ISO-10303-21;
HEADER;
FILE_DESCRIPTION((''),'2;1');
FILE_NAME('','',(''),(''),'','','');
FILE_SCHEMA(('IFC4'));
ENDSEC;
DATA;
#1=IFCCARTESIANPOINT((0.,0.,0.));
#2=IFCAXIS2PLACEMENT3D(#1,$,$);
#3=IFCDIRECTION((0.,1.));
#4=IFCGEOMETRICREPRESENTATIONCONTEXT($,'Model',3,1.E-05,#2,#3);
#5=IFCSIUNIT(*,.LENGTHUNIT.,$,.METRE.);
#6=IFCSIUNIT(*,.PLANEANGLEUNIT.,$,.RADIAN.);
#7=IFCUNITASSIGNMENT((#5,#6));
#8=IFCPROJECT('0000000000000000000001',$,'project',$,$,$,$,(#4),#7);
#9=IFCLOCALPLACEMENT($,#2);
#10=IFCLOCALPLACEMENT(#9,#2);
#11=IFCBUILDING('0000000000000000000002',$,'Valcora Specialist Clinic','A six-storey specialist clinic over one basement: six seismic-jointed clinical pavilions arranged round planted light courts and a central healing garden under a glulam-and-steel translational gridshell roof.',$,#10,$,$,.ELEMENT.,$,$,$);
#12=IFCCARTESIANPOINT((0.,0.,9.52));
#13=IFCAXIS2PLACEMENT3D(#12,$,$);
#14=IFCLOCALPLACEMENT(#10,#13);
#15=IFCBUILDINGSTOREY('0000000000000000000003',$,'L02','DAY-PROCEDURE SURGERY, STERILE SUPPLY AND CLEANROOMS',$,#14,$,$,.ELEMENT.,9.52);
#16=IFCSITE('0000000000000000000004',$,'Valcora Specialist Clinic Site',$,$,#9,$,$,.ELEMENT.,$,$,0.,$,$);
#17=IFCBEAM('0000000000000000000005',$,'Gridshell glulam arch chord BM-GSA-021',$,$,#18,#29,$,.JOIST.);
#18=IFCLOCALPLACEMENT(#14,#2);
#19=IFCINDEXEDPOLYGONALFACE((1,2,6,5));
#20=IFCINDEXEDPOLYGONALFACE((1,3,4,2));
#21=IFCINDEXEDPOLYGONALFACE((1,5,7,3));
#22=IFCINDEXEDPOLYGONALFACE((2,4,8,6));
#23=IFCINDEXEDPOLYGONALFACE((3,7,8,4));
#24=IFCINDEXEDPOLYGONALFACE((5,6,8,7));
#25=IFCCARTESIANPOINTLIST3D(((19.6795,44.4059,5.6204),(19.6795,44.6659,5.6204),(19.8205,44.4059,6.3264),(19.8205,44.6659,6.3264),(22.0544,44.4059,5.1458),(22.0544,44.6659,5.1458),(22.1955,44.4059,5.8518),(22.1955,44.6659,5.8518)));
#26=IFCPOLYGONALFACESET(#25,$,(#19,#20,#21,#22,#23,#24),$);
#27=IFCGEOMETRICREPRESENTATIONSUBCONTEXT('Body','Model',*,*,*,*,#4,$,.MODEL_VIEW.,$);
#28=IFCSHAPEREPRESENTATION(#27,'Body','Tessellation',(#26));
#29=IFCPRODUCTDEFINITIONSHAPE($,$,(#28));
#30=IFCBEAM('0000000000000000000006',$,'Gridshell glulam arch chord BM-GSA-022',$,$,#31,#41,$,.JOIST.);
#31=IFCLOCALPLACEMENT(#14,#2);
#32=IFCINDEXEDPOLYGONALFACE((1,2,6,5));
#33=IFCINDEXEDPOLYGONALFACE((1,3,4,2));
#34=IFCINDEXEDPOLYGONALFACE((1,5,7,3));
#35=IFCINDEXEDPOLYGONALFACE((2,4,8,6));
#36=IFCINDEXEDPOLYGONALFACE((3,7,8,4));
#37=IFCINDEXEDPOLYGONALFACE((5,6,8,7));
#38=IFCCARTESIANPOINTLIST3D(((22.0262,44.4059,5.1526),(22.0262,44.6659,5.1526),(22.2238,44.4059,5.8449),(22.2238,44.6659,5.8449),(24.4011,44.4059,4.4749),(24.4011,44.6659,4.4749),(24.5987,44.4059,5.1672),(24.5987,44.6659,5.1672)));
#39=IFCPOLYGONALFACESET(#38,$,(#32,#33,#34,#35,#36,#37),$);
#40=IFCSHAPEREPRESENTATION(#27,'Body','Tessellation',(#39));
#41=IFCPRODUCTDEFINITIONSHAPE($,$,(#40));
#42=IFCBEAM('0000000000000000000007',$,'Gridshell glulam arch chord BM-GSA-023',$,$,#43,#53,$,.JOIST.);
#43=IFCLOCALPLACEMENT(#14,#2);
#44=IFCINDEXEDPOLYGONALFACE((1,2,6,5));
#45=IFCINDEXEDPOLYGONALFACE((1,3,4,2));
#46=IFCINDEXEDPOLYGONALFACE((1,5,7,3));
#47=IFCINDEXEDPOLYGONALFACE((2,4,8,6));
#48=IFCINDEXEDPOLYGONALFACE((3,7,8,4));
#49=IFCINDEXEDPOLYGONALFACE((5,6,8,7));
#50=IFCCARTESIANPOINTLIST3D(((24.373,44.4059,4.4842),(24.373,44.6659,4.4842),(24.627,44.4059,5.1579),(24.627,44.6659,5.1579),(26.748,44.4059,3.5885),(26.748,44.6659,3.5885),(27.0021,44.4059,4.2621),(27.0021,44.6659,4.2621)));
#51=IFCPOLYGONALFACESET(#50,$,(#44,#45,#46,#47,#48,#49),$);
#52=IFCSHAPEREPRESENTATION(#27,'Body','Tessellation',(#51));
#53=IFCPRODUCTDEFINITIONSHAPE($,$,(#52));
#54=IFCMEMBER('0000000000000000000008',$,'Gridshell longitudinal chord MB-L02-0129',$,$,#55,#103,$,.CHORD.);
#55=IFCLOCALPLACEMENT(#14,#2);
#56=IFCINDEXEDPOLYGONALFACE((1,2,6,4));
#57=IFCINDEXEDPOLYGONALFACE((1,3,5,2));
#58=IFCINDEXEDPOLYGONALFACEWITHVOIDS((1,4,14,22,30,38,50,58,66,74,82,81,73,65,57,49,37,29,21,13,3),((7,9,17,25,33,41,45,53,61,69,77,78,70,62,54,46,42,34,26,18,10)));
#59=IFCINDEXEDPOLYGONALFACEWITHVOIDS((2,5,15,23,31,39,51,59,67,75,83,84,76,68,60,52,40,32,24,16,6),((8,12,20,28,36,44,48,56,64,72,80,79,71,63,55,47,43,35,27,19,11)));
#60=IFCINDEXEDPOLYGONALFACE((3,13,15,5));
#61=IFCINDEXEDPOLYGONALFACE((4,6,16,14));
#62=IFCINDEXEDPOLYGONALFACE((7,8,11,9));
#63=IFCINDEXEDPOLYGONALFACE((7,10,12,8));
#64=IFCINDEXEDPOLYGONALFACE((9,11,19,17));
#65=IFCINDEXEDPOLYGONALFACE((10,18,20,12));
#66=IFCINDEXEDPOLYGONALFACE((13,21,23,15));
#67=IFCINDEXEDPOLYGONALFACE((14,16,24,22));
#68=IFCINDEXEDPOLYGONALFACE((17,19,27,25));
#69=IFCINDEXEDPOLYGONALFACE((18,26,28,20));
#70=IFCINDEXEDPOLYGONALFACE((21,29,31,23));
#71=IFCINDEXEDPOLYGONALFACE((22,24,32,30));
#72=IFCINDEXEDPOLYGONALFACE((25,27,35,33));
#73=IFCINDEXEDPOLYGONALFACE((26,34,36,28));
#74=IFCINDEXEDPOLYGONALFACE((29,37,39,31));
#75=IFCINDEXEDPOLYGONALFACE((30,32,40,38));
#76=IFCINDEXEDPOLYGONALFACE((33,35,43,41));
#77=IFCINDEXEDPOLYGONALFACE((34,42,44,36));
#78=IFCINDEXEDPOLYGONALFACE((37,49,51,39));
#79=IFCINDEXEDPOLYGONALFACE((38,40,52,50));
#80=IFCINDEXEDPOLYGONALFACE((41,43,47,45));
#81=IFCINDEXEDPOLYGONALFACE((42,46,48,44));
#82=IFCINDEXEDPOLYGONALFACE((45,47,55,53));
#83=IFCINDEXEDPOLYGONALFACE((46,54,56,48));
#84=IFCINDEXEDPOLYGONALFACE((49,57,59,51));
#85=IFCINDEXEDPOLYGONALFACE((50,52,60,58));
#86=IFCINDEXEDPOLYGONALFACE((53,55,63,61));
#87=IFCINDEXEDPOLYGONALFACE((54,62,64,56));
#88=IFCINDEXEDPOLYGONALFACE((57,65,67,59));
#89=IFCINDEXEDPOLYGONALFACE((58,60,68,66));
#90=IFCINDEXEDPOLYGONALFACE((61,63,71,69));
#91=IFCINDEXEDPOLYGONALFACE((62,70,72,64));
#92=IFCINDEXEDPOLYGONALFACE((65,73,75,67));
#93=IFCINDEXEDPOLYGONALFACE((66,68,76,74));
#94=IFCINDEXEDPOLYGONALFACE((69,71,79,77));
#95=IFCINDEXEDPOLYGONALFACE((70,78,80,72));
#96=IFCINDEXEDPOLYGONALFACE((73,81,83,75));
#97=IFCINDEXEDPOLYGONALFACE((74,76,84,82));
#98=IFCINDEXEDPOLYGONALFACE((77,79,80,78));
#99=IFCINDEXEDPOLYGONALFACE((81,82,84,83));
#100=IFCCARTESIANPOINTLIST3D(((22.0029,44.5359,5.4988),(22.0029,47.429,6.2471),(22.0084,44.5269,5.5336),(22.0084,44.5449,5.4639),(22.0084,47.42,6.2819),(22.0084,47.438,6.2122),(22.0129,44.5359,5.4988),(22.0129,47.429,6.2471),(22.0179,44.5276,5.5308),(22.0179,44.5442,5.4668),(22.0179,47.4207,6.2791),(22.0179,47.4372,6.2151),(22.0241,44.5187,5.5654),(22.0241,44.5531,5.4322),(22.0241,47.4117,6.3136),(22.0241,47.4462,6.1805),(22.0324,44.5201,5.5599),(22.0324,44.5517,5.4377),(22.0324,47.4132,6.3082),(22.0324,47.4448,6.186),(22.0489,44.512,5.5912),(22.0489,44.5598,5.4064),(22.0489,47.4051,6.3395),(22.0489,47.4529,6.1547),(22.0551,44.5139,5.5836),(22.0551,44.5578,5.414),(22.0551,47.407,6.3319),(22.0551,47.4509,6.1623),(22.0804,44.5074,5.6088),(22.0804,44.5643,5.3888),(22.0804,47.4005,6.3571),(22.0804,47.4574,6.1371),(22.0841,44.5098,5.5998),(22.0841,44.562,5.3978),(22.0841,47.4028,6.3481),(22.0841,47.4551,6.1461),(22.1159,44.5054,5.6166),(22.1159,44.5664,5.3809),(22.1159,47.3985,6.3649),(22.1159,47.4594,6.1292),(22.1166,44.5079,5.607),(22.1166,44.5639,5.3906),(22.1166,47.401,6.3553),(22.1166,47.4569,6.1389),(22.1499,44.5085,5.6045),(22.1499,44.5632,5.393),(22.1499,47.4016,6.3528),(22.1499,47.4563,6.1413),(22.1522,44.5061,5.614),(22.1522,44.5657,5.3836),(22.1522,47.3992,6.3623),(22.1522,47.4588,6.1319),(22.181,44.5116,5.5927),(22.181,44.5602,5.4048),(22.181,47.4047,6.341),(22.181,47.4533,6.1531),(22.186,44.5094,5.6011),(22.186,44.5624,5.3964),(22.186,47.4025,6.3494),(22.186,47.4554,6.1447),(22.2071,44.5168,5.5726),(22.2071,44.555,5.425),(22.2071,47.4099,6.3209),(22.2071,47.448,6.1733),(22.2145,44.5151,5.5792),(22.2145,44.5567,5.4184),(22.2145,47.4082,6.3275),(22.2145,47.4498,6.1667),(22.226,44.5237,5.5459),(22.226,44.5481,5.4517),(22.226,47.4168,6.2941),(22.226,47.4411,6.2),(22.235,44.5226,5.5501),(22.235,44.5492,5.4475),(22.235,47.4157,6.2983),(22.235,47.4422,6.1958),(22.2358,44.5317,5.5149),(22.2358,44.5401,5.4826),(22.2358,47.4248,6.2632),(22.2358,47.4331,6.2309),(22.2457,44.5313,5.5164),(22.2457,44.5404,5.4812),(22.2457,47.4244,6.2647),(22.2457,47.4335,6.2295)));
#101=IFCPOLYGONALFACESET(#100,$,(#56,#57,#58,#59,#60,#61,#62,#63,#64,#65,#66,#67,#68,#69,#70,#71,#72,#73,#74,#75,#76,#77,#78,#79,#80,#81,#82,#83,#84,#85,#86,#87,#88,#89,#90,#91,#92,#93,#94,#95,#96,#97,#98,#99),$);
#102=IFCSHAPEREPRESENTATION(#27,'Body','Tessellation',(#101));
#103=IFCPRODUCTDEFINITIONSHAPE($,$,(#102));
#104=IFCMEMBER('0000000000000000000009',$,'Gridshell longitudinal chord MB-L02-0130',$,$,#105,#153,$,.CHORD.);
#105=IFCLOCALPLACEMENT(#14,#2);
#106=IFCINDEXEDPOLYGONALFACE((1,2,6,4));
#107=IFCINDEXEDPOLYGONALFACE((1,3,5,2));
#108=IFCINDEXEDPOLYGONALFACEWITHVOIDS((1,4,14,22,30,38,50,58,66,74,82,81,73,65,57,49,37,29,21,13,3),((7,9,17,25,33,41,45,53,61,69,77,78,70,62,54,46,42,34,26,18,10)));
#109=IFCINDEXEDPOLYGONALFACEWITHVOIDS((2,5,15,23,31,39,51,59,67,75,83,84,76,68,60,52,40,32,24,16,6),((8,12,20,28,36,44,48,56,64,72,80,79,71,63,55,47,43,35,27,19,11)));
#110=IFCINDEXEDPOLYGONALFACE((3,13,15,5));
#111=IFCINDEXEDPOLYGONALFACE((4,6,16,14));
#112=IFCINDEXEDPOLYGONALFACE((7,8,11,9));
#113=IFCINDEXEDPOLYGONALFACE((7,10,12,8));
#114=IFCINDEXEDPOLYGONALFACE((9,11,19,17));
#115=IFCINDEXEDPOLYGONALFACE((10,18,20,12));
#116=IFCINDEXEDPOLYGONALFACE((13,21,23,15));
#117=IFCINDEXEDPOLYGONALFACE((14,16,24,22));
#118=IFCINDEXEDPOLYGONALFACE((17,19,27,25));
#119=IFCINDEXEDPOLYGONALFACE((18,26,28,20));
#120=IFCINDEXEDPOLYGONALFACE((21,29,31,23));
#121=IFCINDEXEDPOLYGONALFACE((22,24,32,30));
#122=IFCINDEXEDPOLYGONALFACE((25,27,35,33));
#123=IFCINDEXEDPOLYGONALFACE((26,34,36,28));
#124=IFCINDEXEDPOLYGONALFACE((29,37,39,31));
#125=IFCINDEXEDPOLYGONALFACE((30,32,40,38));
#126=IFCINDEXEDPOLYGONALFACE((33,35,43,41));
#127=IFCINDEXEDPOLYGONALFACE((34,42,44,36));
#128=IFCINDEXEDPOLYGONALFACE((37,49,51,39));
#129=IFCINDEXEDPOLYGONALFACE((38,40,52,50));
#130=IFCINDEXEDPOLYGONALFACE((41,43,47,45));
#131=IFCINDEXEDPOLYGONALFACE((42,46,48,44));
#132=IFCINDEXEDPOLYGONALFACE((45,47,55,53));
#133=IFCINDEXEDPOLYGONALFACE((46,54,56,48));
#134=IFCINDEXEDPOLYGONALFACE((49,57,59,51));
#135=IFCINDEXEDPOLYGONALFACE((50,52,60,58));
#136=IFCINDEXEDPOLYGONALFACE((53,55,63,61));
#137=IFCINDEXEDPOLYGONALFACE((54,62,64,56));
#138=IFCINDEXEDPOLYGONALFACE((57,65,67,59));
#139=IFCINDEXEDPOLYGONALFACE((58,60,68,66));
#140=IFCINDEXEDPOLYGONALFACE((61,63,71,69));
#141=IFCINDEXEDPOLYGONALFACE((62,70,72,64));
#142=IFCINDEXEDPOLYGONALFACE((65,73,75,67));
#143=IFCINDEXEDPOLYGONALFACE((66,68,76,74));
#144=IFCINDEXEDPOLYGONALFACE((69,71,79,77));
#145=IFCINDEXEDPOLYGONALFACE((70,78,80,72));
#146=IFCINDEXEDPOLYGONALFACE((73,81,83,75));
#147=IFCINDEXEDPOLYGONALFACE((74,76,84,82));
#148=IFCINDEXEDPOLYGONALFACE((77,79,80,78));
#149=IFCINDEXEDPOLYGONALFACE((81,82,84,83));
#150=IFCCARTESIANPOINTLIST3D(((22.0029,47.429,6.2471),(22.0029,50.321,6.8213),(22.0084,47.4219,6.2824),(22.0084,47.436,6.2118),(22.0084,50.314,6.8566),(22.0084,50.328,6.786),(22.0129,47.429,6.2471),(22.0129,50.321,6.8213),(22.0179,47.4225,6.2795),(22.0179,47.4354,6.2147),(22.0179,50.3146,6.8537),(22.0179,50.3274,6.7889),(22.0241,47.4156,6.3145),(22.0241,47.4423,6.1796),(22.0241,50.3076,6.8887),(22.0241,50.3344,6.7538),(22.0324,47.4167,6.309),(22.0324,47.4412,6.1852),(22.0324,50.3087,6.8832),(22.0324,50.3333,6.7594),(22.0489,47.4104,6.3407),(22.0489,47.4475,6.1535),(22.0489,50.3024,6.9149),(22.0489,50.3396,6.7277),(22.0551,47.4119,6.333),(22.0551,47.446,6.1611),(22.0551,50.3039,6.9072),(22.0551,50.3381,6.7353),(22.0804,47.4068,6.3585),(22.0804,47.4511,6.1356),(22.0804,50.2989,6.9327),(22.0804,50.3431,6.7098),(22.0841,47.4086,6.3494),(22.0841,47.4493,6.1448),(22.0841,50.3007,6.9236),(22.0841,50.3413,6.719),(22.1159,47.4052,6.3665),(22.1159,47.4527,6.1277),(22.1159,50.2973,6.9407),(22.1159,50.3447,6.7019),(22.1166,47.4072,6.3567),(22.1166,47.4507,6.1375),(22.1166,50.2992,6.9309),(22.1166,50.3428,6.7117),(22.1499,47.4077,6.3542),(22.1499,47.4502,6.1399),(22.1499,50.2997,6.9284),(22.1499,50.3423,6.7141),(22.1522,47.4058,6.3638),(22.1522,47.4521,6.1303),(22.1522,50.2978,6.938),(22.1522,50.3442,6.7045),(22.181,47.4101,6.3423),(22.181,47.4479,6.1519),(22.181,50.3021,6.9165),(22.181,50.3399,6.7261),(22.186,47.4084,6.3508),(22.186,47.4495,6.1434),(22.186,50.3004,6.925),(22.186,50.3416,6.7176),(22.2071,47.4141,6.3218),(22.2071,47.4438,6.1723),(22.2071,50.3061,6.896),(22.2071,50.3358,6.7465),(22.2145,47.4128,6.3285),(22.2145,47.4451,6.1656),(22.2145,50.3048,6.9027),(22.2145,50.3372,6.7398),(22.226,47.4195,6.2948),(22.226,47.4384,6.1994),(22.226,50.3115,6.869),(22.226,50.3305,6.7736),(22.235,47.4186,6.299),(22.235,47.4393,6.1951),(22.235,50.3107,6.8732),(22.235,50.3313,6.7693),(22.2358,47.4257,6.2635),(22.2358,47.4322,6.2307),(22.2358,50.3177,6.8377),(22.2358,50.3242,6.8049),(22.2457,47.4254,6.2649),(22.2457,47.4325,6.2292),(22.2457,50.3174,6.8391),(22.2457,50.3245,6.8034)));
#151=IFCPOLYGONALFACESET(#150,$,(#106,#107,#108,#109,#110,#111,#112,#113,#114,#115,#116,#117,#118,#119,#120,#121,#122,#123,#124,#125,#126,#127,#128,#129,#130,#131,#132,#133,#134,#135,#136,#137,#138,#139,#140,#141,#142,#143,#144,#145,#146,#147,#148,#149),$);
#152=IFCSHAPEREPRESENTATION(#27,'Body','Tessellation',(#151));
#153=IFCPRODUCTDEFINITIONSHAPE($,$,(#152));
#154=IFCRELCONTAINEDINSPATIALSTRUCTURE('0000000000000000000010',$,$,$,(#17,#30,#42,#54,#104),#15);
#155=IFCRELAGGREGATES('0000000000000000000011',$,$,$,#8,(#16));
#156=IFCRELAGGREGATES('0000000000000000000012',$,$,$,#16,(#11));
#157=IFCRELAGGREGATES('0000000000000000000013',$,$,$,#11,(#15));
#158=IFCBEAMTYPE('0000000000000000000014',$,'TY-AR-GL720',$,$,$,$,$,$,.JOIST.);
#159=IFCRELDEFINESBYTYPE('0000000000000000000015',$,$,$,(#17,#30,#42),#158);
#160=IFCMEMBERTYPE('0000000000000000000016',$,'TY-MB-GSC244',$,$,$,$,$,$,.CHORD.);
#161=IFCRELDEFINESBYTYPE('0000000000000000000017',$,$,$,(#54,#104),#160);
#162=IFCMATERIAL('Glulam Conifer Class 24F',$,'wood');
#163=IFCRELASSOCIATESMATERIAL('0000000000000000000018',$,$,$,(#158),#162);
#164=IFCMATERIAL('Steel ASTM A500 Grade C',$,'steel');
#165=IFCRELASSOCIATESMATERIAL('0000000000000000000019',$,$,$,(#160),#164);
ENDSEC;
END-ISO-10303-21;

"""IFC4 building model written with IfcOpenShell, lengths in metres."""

from ifc_helpers import new_model, si_unit, direction, frame, origin, origin_2d, place, context, subcontext, project, spatial, rectangle, hollow_circle, extrude, material, material_profile, profile_set, type_object, element, save


model = new_model("IFC4")

# Units and contexts
model_context = context("Model", 3, precision=1e-05, world=origin(), true_north=direction((0.0, 1.0)))
body_context = subcontext(model_context, "Body", "Model", "MODEL_VIEW")
ifc_project = project(units=[si_unit("LENGTHUNIT", "METRE"), si_unit("PLANEANGLEUNIT", "RADIAN")], contexts=[model_context])

# Site, building, storey
site_placement = place(None, origin())
site = spatial("IfcSite", under=ifc_project, at=site_placement, Name="Valcora Specialist Clinic Site", CompositionType="ELEMENT", RefElevation=0.0)
building_placement = place(site_placement, origin())
building = spatial("IfcBuilding", under=site, at=building_placement, Name="Valcora Specialist Clinic", Description="A six-storey specialist clinic over one basement: six seismic-jointed clinical pavilions arranged round planted light courts and a central healing garden under a glulam-and-steel translational gridshell roof.", CompositionType="ELEMENT")
storey_placement = place(building_placement, frame((0.0, 0.0, 9.52)))
storey = spatial("IfcBuildingStorey", under=building, at=storey_placement, Name="L02", Description="DAY-PROCEDURE SURGERY, STERILE SUPPLY AND CLEANROOMS", CompositionType="ELEMENT", Elevation=9.52)

# Beams
ifc_material_1 = material(Name="Glulam Conifer Class 24F", Category="wood")
ifc_material_profile_1 = material_profile(ifc_material_1, rectangle(XDim=0.26, YDim=0.72, at=origin_2d()), Name="GL-ARC-260X720")
ifc_profile_set_1 = profile_set([ifc_material_profile_1], Name="Glulam Conifer Class 24F")
beam_type = type_object("IfcBeamType", Name="TY-AR-GL720", PredefinedType="JOIST", material=ifc_profile_set_1)
beam_1_placement = place(storey_placement, frame((19.75, 44.5359, 5.9734), z_axis=(0.980612, 0.0, -0.195961), x_axis=(0.0, 1.0, 0.0)))
element("IfcBeam", 1, at=beam_1_placement, inside=storey, type_object=beam_type, Name="Gridshell glulam arch chord BM-GSA-021", PredefinedType="JOIST", context=body_context, shape_type="SweptSolid", body=[
    extrude(rectangle(XDim=0.26, YDim=0.72, at=origin_2d()), origin(), (0.0, 0.0, 1.0), 2.4219),
])
beam_2_placement = place(storey_placement, frame((22.125, 44.5359, 5.4988), z_axis=(0.961613, 0.0, -0.274408), x_axis=(0.0, 1.0, 0.0)))
element("IfcBeam", 2, at=beam_2_placement, inside=storey, type_object=beam_type, Name="Gridshell glulam arch chord BM-GSA-022", PredefinedType="JOIST", context=body_context, shape_type="SweptSolid", body=[
    extrude(rectangle(XDim=0.26, YDim=0.72, at=origin_2d()), origin(), (0.0, 0.0, 1.0), 2.4697),
])
beam_3_placement = place(storey_placement, frame((24.5, 44.5359, 4.821), z_axis=(0.935663, 0.0, -0.352894), x_axis=(0.0, 1.0, 0.0)))
element("IfcBeam", 3, at=beam_3_placement, inside=storey, type_object=beam_type, Name="Gridshell glulam arch chord BM-GSA-023", PredefinedType="JOIST", context=body_context, shape_type="SweptSolid", body=[
    extrude(rectangle(XDim=0.26, YDim=0.72, at=origin_2d()), origin(), (0.0, 0.0, 1.0), 2.5383),
])

# Members
ifc_material_2 = material(Name="Steel ASTM A500 Grade C", Category="steel")
ifc_material_profile_2 = material_profile(ifc_material_2, hollow_circle(Radius=0.1221, WallThickness=0.01, at=origin_2d()), Name="ST-CHS-244X10")
ifc_profile_set_2 = profile_set([ifc_material_profile_2], Name="Steel ASTM A500 Grade C")
member_type_1 = type_object("IfcMemberType", Name="TY-MB-GSC244", PredefinedType="CHORD", material=ifc_profile_set_2)
member_1_placement = place(storey_placement, frame((22.125, 44.5359, 5.4988), z_axis=(0.0, 0.96814, 0.250409), x_axis=(-1.0, 0.0, 0.0)))
element("IfcMember", 4, at=member_1_placement, inside=storey, type_object=member_type_1, Name="Gridshell longitudinal chord MB-L02-0129", PredefinedType="CHORD", context=body_context, shape_type="SweptSolid", body=[
    extrude(hollow_circle(Radius=0.1221, WallThickness=0.01, at=origin_2d()), origin(), (0.0, 0.0, 1.0), 2.9883),
])
member_2_placement = place(storey_placement, frame((22.125, 47.429, 6.2471), z_axis=(0.0, 0.980854, 0.194747), x_axis=(-1.0, 0.0, 0.0)))
element("IfcMember", 5, at=member_2_placement, inside=storey, type_object=member_type_1, Name="Gridshell longitudinal chord MB-L02-0130", PredefinedType="CHORD", context=body_context, shape_type="SweptSolid", body=[
    extrude(hollow_circle(Radius=0.1221, WallThickness=0.01, at=origin_2d()), origin(), (0.0, 0.0, 1.0), 2.9485),
])

save(model, "model.ifc")
